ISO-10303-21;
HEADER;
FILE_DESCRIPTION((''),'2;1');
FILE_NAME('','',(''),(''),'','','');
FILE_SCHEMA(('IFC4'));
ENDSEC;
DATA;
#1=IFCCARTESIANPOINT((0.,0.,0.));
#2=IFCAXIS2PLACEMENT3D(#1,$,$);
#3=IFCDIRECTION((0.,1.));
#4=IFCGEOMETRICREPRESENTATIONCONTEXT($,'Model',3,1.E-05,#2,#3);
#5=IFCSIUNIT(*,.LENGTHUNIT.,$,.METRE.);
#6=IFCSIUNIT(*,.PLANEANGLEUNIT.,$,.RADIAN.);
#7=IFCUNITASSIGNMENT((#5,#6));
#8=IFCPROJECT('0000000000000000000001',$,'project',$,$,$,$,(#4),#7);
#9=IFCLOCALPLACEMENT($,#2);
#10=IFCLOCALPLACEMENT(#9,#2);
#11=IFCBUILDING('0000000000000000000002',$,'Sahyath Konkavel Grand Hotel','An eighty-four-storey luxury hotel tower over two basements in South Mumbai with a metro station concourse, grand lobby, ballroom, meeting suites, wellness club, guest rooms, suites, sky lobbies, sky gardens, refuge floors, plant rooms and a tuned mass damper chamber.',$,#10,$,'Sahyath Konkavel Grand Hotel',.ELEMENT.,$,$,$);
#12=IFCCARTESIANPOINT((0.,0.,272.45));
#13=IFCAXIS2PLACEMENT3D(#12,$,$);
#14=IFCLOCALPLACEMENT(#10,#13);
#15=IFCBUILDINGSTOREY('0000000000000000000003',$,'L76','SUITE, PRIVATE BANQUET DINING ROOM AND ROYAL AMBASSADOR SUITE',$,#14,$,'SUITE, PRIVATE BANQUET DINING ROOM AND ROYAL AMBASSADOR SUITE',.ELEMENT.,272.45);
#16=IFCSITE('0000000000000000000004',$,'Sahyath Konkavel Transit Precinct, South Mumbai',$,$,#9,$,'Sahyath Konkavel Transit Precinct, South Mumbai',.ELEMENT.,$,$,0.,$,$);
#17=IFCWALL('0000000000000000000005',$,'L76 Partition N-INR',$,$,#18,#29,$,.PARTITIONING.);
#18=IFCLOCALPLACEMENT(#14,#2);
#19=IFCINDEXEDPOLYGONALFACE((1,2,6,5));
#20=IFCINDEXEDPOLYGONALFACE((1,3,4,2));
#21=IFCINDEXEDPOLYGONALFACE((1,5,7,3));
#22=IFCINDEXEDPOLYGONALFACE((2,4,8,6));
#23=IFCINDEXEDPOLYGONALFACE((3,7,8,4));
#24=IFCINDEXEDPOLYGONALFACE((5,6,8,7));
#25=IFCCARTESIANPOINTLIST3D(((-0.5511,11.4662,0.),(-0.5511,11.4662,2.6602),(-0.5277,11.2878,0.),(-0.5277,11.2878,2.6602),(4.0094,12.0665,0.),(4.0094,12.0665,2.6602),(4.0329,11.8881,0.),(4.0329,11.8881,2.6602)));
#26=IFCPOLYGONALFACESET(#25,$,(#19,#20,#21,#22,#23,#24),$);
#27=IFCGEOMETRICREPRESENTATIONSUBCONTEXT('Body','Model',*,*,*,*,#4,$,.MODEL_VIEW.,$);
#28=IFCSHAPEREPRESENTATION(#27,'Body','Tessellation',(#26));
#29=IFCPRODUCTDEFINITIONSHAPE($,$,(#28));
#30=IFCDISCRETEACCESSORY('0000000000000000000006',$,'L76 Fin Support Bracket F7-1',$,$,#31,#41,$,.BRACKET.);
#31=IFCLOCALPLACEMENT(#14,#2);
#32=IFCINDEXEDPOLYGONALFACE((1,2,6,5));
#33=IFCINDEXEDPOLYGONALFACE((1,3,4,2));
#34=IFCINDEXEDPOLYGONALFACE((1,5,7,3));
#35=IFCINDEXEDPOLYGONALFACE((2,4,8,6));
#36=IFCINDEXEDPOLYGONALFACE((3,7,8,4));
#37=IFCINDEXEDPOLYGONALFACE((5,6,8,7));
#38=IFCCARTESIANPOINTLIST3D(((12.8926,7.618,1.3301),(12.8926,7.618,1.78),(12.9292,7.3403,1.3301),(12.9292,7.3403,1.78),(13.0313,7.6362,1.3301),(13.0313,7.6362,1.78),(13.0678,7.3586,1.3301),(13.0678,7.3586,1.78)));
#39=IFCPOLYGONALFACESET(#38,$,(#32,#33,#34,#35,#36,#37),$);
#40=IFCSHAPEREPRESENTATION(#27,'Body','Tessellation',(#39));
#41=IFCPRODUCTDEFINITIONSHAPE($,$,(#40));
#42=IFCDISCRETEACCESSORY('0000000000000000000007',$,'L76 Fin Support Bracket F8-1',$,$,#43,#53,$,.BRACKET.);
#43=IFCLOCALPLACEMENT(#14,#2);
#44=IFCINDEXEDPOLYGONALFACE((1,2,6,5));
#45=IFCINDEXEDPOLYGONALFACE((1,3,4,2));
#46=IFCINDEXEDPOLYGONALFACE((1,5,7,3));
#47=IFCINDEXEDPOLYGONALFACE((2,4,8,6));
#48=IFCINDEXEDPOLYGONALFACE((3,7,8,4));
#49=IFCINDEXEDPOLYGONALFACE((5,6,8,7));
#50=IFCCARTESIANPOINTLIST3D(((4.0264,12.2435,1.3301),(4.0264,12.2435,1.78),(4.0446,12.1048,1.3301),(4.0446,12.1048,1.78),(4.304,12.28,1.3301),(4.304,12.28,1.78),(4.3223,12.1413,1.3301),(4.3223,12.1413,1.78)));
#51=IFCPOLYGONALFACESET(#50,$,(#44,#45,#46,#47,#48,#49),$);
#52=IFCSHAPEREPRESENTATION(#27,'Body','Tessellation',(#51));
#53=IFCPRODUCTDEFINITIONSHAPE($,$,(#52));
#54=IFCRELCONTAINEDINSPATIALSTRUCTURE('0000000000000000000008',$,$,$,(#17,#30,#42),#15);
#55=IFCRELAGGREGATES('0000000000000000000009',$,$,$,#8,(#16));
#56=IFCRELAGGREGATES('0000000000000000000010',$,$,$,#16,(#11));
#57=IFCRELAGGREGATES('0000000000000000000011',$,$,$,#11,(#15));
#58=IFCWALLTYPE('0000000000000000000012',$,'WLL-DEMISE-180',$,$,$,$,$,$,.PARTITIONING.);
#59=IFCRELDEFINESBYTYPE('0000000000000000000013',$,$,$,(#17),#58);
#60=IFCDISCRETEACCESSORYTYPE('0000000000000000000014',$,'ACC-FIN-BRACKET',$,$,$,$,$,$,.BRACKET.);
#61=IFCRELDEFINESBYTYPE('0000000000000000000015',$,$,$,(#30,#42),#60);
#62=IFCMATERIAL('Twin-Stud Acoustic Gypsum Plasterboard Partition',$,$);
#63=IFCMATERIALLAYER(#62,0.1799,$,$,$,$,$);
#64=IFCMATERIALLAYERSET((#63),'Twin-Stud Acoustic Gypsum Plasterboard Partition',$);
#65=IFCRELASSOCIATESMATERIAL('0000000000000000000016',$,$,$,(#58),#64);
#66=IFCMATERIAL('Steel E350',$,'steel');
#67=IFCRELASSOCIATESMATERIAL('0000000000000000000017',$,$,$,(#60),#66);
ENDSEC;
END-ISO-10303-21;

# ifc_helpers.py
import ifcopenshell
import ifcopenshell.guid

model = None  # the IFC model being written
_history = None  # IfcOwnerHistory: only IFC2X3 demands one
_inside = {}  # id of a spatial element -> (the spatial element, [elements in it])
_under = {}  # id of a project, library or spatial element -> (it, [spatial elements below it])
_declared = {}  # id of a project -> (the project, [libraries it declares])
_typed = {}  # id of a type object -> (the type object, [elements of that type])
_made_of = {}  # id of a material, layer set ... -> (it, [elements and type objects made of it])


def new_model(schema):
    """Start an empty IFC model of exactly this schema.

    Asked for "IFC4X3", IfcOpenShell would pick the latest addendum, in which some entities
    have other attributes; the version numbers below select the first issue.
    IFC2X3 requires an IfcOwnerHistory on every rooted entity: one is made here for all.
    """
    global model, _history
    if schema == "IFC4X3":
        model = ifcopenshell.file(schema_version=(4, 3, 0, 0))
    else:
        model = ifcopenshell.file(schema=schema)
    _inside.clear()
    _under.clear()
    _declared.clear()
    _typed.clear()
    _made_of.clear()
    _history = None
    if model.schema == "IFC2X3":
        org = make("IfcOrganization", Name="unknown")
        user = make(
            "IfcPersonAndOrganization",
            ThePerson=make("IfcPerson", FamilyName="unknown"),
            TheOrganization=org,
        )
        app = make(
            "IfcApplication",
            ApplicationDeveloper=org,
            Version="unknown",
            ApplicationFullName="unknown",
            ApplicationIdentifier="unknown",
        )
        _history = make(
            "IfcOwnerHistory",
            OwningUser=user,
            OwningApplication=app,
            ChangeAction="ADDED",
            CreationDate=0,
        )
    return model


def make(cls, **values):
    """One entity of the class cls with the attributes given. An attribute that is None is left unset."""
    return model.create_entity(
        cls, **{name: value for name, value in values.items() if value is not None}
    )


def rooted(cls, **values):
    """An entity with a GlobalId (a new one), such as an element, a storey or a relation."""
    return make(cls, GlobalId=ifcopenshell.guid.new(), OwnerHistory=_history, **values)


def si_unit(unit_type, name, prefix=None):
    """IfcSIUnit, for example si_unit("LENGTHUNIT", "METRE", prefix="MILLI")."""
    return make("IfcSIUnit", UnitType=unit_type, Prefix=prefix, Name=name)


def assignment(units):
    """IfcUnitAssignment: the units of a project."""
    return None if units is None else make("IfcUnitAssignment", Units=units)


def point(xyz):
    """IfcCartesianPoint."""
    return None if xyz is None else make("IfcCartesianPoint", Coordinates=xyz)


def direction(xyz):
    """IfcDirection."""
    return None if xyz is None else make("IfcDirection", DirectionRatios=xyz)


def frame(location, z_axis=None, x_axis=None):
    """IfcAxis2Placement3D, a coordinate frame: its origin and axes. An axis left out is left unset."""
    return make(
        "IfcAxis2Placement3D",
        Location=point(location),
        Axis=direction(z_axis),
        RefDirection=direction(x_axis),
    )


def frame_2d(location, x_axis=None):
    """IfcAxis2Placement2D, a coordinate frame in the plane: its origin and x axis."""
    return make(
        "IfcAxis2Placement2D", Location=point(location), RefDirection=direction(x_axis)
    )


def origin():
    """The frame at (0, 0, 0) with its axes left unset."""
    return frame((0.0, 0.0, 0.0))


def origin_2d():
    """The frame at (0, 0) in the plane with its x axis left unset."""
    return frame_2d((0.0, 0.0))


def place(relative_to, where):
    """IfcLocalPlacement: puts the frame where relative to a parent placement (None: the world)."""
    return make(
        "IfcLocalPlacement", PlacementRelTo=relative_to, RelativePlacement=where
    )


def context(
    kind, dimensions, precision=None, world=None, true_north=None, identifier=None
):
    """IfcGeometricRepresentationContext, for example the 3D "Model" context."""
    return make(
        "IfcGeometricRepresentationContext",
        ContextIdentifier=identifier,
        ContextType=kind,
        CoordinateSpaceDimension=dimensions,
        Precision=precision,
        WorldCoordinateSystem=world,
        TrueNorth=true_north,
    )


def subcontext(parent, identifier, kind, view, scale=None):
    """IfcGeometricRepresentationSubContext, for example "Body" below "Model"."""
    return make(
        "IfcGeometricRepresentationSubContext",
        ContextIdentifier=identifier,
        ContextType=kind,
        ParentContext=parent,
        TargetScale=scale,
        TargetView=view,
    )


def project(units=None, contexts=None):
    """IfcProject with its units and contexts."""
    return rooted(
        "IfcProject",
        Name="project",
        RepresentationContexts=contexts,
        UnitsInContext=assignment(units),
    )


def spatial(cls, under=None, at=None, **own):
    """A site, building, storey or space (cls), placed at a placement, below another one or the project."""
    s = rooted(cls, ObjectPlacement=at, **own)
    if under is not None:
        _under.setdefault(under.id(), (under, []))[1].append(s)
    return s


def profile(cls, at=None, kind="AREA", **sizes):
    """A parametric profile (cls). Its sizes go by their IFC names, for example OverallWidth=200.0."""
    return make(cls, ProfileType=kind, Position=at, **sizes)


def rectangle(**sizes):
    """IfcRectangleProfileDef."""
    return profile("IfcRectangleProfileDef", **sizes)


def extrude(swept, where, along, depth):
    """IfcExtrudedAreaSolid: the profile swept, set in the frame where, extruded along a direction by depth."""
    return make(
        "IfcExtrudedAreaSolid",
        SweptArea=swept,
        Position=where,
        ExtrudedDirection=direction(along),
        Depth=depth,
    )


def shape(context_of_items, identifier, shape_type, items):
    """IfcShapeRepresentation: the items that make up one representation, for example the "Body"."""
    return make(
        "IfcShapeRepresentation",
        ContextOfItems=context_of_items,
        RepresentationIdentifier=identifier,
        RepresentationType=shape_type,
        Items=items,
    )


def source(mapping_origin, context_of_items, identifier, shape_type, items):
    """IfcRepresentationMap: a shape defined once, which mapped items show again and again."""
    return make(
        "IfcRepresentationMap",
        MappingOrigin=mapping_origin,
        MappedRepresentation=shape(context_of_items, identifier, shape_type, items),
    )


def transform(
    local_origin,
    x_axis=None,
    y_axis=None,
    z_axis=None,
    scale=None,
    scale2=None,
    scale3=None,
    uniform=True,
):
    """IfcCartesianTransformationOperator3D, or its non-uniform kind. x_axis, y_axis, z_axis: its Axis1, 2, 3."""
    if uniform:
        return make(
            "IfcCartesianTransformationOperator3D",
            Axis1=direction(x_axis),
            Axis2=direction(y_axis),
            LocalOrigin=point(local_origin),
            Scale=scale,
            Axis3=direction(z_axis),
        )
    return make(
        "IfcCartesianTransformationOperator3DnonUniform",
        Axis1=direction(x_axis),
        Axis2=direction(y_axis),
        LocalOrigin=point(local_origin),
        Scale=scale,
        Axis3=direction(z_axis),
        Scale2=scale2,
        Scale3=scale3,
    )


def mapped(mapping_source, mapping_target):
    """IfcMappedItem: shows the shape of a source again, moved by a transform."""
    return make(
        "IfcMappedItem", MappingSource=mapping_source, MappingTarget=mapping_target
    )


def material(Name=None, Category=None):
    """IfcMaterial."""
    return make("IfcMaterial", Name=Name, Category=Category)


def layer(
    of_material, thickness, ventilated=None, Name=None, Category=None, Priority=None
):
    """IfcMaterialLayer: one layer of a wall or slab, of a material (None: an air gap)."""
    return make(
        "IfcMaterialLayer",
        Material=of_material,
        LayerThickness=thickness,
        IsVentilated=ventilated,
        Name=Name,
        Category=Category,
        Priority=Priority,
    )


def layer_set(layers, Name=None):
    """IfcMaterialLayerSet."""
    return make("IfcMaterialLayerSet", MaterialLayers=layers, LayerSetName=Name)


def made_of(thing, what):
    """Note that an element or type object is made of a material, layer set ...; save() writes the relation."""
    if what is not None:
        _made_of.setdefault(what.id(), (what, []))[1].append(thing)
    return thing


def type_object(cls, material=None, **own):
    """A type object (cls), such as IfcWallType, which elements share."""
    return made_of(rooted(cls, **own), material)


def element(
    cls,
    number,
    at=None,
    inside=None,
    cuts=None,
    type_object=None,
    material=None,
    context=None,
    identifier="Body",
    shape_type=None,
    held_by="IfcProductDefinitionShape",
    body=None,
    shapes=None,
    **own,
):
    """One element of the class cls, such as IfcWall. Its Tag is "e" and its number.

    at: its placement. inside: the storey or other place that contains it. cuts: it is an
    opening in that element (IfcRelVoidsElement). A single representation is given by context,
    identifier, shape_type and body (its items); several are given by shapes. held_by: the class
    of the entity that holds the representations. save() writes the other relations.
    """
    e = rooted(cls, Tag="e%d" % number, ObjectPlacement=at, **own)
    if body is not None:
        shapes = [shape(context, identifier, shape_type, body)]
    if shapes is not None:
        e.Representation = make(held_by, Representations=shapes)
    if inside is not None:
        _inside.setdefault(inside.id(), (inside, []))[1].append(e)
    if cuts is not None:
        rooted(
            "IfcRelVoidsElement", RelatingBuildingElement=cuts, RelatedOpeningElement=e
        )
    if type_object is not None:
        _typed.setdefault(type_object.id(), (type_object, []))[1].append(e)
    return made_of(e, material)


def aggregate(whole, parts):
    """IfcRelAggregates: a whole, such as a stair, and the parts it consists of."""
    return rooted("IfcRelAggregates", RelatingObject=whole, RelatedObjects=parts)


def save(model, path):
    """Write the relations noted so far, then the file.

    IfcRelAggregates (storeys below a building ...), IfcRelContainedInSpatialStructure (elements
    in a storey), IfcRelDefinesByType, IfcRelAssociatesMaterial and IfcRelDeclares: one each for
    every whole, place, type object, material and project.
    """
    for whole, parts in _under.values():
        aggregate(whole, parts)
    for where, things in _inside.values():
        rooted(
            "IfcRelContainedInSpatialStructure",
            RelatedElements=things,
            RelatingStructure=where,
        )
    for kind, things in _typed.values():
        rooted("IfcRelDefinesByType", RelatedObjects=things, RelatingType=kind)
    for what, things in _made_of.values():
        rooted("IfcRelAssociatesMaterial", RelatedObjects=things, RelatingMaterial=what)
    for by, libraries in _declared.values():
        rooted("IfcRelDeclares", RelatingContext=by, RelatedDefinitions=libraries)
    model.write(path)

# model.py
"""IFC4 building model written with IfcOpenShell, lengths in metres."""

from ifc_helpers import new_model, si_unit, direction, frame, frame_2d, origin, origin_2d, place, context, subcontext, project, spatial, rectangle, extrude, source, transform, mapped, material, layer, layer_set, type_object, element, save


model = new_model("IFC4")

# Units and contexts
model_context = context("Model", 3, precision=1e-05, world=origin(), true_north=direction((0.0, 1.0)))
body_context = subcontext(model_context, "Body", "Model", "MODEL_VIEW")
ifc_project = project(units=[si_unit("LENGTHUNIT", "METRE"), si_unit("PLANEANGLEUNIT", "RADIAN")], contexts=[model_context])

# Site, building, storey
site_placement = place(None, origin())
site = spatial("IfcSite", under=ifc_project, at=site_placement, Name="Sahyath Konkavel Transit Precinct, South Mumbai", LongName="Sahyath Konkavel Transit Precinct, South Mumbai", CompositionType="ELEMENT", RefElevation=0.0)
building_placement = place(site_placement, origin())
building = spatial("IfcBuilding", under=site, at=building_placement, Name="Sahyath Konkavel Grand Hotel", Description="An eighty-four-storey luxury hotel tower over two basements in South Mumbai with a metro station concourse, grand lobby, ballroom, meeting suites, wellness club, guest rooms, suites, sky lobbies, sky gardens, refuge floors, plant rooms and a tuned mass damper chamber.", LongName="Sahyath Konkavel Grand Hotel", CompositionType="ELEMENT")
storey_placement = place(building_placement, frame((0.0, 0.0, 272.45)))
storey = spatial("IfcBuildingStorey", under=building, at=storey_placement, Name="L76", Description="SUITE, PRIVATE BANQUET DINING ROOM AND ROYAL AMBASSADOR SUITE", LongName="SUITE, PRIVATE BANQUET DINING ROOM AND ROYAL AMBASSADOR SUITE", CompositionType="ELEMENT", Elevation=272.45)

# Shared definitions
ifc_material_1 = material(Name="Steel E350", Category="steel")

# Wall
ifc_material_2 = material(Name="Twin-Stud Acoustic Gypsum Plasterboard Partition")
ifc_layer_1 = layer(ifc_material_2, 0.1799)
ifc_layer_set_1 = layer_set([ifc_layer_1], Name="Twin-Stud Acoustic Gypsum Plasterboard Partition")
wall_type_1 = type_object("IfcWallType", Name="WLL-DEMISE-180", PredefinedType="PARTITIONING", material=ifc_layer_set_1)
wall_1_placement = place(storey_placement, frame((4.021, 11.9773, 0.0), z_axis=(0.0, 0.0, 1.0), x_axis=(-0.991447, -0.130512, 0.0)))
element("IfcWall", 1, at=wall_1_placement, inside=storey, type_object=wall_type_1, Name="L76 Partition N-INR", PredefinedType="PARTITIONING", context=body_context, shape_type="SweptSolid", body=[
    extrude(rectangle(XDim=4.5999, YDim=0.1799, at=frame_2d((2.2998, 0.0))), origin(), (0.0, 0.0, 1.0), 2.6602),
])

# Discrete accessories
discrete_accessory_type = type_object("IfcDiscreteAccessoryType", Name="ACC-FIN-BRACKET", PredefinedType="BRACKET", material=ifc_material_1)
shared_shape_1 = source(origin(), body_context, "Body", "SweptSolid", [
    extrude(rectangle(XDim=0.28, YDim=0.1399, at=origin_2d()), origin(), (0.0, 0.0, 1.0), 0.45),
])
for number, where, z_axis, x_axis, name in (
    (2, (12.9802, 7.4883, 1.3301), (0.0, 0.0, 1.0), (-0.130526, 0.991445, 0.0), "L76 Fin Support Bracket F7-1"),
    (3, (4.1743, 12.1924, 1.3301), (0.0, 0.0, 1.0), (0.991445, 0.130526, 0.0), "L76 Fin Support Bracket F8-1"),
):
    element("IfcDiscreteAccessory", number, at=place(storey_placement, frame(where, z_axis=z_axis, x_axis=x_axis)), inside=storey, type_object=discrete_accessory_type, Name=name, PredefinedType="BRACKET", context=body_context, shape_type="MappedRepresentation", body=[
        mapped(shared_shape_1, transform((0.0, 0.0, 0.0), scale=1.0)),
    ])

save(model, "model.ifc")
